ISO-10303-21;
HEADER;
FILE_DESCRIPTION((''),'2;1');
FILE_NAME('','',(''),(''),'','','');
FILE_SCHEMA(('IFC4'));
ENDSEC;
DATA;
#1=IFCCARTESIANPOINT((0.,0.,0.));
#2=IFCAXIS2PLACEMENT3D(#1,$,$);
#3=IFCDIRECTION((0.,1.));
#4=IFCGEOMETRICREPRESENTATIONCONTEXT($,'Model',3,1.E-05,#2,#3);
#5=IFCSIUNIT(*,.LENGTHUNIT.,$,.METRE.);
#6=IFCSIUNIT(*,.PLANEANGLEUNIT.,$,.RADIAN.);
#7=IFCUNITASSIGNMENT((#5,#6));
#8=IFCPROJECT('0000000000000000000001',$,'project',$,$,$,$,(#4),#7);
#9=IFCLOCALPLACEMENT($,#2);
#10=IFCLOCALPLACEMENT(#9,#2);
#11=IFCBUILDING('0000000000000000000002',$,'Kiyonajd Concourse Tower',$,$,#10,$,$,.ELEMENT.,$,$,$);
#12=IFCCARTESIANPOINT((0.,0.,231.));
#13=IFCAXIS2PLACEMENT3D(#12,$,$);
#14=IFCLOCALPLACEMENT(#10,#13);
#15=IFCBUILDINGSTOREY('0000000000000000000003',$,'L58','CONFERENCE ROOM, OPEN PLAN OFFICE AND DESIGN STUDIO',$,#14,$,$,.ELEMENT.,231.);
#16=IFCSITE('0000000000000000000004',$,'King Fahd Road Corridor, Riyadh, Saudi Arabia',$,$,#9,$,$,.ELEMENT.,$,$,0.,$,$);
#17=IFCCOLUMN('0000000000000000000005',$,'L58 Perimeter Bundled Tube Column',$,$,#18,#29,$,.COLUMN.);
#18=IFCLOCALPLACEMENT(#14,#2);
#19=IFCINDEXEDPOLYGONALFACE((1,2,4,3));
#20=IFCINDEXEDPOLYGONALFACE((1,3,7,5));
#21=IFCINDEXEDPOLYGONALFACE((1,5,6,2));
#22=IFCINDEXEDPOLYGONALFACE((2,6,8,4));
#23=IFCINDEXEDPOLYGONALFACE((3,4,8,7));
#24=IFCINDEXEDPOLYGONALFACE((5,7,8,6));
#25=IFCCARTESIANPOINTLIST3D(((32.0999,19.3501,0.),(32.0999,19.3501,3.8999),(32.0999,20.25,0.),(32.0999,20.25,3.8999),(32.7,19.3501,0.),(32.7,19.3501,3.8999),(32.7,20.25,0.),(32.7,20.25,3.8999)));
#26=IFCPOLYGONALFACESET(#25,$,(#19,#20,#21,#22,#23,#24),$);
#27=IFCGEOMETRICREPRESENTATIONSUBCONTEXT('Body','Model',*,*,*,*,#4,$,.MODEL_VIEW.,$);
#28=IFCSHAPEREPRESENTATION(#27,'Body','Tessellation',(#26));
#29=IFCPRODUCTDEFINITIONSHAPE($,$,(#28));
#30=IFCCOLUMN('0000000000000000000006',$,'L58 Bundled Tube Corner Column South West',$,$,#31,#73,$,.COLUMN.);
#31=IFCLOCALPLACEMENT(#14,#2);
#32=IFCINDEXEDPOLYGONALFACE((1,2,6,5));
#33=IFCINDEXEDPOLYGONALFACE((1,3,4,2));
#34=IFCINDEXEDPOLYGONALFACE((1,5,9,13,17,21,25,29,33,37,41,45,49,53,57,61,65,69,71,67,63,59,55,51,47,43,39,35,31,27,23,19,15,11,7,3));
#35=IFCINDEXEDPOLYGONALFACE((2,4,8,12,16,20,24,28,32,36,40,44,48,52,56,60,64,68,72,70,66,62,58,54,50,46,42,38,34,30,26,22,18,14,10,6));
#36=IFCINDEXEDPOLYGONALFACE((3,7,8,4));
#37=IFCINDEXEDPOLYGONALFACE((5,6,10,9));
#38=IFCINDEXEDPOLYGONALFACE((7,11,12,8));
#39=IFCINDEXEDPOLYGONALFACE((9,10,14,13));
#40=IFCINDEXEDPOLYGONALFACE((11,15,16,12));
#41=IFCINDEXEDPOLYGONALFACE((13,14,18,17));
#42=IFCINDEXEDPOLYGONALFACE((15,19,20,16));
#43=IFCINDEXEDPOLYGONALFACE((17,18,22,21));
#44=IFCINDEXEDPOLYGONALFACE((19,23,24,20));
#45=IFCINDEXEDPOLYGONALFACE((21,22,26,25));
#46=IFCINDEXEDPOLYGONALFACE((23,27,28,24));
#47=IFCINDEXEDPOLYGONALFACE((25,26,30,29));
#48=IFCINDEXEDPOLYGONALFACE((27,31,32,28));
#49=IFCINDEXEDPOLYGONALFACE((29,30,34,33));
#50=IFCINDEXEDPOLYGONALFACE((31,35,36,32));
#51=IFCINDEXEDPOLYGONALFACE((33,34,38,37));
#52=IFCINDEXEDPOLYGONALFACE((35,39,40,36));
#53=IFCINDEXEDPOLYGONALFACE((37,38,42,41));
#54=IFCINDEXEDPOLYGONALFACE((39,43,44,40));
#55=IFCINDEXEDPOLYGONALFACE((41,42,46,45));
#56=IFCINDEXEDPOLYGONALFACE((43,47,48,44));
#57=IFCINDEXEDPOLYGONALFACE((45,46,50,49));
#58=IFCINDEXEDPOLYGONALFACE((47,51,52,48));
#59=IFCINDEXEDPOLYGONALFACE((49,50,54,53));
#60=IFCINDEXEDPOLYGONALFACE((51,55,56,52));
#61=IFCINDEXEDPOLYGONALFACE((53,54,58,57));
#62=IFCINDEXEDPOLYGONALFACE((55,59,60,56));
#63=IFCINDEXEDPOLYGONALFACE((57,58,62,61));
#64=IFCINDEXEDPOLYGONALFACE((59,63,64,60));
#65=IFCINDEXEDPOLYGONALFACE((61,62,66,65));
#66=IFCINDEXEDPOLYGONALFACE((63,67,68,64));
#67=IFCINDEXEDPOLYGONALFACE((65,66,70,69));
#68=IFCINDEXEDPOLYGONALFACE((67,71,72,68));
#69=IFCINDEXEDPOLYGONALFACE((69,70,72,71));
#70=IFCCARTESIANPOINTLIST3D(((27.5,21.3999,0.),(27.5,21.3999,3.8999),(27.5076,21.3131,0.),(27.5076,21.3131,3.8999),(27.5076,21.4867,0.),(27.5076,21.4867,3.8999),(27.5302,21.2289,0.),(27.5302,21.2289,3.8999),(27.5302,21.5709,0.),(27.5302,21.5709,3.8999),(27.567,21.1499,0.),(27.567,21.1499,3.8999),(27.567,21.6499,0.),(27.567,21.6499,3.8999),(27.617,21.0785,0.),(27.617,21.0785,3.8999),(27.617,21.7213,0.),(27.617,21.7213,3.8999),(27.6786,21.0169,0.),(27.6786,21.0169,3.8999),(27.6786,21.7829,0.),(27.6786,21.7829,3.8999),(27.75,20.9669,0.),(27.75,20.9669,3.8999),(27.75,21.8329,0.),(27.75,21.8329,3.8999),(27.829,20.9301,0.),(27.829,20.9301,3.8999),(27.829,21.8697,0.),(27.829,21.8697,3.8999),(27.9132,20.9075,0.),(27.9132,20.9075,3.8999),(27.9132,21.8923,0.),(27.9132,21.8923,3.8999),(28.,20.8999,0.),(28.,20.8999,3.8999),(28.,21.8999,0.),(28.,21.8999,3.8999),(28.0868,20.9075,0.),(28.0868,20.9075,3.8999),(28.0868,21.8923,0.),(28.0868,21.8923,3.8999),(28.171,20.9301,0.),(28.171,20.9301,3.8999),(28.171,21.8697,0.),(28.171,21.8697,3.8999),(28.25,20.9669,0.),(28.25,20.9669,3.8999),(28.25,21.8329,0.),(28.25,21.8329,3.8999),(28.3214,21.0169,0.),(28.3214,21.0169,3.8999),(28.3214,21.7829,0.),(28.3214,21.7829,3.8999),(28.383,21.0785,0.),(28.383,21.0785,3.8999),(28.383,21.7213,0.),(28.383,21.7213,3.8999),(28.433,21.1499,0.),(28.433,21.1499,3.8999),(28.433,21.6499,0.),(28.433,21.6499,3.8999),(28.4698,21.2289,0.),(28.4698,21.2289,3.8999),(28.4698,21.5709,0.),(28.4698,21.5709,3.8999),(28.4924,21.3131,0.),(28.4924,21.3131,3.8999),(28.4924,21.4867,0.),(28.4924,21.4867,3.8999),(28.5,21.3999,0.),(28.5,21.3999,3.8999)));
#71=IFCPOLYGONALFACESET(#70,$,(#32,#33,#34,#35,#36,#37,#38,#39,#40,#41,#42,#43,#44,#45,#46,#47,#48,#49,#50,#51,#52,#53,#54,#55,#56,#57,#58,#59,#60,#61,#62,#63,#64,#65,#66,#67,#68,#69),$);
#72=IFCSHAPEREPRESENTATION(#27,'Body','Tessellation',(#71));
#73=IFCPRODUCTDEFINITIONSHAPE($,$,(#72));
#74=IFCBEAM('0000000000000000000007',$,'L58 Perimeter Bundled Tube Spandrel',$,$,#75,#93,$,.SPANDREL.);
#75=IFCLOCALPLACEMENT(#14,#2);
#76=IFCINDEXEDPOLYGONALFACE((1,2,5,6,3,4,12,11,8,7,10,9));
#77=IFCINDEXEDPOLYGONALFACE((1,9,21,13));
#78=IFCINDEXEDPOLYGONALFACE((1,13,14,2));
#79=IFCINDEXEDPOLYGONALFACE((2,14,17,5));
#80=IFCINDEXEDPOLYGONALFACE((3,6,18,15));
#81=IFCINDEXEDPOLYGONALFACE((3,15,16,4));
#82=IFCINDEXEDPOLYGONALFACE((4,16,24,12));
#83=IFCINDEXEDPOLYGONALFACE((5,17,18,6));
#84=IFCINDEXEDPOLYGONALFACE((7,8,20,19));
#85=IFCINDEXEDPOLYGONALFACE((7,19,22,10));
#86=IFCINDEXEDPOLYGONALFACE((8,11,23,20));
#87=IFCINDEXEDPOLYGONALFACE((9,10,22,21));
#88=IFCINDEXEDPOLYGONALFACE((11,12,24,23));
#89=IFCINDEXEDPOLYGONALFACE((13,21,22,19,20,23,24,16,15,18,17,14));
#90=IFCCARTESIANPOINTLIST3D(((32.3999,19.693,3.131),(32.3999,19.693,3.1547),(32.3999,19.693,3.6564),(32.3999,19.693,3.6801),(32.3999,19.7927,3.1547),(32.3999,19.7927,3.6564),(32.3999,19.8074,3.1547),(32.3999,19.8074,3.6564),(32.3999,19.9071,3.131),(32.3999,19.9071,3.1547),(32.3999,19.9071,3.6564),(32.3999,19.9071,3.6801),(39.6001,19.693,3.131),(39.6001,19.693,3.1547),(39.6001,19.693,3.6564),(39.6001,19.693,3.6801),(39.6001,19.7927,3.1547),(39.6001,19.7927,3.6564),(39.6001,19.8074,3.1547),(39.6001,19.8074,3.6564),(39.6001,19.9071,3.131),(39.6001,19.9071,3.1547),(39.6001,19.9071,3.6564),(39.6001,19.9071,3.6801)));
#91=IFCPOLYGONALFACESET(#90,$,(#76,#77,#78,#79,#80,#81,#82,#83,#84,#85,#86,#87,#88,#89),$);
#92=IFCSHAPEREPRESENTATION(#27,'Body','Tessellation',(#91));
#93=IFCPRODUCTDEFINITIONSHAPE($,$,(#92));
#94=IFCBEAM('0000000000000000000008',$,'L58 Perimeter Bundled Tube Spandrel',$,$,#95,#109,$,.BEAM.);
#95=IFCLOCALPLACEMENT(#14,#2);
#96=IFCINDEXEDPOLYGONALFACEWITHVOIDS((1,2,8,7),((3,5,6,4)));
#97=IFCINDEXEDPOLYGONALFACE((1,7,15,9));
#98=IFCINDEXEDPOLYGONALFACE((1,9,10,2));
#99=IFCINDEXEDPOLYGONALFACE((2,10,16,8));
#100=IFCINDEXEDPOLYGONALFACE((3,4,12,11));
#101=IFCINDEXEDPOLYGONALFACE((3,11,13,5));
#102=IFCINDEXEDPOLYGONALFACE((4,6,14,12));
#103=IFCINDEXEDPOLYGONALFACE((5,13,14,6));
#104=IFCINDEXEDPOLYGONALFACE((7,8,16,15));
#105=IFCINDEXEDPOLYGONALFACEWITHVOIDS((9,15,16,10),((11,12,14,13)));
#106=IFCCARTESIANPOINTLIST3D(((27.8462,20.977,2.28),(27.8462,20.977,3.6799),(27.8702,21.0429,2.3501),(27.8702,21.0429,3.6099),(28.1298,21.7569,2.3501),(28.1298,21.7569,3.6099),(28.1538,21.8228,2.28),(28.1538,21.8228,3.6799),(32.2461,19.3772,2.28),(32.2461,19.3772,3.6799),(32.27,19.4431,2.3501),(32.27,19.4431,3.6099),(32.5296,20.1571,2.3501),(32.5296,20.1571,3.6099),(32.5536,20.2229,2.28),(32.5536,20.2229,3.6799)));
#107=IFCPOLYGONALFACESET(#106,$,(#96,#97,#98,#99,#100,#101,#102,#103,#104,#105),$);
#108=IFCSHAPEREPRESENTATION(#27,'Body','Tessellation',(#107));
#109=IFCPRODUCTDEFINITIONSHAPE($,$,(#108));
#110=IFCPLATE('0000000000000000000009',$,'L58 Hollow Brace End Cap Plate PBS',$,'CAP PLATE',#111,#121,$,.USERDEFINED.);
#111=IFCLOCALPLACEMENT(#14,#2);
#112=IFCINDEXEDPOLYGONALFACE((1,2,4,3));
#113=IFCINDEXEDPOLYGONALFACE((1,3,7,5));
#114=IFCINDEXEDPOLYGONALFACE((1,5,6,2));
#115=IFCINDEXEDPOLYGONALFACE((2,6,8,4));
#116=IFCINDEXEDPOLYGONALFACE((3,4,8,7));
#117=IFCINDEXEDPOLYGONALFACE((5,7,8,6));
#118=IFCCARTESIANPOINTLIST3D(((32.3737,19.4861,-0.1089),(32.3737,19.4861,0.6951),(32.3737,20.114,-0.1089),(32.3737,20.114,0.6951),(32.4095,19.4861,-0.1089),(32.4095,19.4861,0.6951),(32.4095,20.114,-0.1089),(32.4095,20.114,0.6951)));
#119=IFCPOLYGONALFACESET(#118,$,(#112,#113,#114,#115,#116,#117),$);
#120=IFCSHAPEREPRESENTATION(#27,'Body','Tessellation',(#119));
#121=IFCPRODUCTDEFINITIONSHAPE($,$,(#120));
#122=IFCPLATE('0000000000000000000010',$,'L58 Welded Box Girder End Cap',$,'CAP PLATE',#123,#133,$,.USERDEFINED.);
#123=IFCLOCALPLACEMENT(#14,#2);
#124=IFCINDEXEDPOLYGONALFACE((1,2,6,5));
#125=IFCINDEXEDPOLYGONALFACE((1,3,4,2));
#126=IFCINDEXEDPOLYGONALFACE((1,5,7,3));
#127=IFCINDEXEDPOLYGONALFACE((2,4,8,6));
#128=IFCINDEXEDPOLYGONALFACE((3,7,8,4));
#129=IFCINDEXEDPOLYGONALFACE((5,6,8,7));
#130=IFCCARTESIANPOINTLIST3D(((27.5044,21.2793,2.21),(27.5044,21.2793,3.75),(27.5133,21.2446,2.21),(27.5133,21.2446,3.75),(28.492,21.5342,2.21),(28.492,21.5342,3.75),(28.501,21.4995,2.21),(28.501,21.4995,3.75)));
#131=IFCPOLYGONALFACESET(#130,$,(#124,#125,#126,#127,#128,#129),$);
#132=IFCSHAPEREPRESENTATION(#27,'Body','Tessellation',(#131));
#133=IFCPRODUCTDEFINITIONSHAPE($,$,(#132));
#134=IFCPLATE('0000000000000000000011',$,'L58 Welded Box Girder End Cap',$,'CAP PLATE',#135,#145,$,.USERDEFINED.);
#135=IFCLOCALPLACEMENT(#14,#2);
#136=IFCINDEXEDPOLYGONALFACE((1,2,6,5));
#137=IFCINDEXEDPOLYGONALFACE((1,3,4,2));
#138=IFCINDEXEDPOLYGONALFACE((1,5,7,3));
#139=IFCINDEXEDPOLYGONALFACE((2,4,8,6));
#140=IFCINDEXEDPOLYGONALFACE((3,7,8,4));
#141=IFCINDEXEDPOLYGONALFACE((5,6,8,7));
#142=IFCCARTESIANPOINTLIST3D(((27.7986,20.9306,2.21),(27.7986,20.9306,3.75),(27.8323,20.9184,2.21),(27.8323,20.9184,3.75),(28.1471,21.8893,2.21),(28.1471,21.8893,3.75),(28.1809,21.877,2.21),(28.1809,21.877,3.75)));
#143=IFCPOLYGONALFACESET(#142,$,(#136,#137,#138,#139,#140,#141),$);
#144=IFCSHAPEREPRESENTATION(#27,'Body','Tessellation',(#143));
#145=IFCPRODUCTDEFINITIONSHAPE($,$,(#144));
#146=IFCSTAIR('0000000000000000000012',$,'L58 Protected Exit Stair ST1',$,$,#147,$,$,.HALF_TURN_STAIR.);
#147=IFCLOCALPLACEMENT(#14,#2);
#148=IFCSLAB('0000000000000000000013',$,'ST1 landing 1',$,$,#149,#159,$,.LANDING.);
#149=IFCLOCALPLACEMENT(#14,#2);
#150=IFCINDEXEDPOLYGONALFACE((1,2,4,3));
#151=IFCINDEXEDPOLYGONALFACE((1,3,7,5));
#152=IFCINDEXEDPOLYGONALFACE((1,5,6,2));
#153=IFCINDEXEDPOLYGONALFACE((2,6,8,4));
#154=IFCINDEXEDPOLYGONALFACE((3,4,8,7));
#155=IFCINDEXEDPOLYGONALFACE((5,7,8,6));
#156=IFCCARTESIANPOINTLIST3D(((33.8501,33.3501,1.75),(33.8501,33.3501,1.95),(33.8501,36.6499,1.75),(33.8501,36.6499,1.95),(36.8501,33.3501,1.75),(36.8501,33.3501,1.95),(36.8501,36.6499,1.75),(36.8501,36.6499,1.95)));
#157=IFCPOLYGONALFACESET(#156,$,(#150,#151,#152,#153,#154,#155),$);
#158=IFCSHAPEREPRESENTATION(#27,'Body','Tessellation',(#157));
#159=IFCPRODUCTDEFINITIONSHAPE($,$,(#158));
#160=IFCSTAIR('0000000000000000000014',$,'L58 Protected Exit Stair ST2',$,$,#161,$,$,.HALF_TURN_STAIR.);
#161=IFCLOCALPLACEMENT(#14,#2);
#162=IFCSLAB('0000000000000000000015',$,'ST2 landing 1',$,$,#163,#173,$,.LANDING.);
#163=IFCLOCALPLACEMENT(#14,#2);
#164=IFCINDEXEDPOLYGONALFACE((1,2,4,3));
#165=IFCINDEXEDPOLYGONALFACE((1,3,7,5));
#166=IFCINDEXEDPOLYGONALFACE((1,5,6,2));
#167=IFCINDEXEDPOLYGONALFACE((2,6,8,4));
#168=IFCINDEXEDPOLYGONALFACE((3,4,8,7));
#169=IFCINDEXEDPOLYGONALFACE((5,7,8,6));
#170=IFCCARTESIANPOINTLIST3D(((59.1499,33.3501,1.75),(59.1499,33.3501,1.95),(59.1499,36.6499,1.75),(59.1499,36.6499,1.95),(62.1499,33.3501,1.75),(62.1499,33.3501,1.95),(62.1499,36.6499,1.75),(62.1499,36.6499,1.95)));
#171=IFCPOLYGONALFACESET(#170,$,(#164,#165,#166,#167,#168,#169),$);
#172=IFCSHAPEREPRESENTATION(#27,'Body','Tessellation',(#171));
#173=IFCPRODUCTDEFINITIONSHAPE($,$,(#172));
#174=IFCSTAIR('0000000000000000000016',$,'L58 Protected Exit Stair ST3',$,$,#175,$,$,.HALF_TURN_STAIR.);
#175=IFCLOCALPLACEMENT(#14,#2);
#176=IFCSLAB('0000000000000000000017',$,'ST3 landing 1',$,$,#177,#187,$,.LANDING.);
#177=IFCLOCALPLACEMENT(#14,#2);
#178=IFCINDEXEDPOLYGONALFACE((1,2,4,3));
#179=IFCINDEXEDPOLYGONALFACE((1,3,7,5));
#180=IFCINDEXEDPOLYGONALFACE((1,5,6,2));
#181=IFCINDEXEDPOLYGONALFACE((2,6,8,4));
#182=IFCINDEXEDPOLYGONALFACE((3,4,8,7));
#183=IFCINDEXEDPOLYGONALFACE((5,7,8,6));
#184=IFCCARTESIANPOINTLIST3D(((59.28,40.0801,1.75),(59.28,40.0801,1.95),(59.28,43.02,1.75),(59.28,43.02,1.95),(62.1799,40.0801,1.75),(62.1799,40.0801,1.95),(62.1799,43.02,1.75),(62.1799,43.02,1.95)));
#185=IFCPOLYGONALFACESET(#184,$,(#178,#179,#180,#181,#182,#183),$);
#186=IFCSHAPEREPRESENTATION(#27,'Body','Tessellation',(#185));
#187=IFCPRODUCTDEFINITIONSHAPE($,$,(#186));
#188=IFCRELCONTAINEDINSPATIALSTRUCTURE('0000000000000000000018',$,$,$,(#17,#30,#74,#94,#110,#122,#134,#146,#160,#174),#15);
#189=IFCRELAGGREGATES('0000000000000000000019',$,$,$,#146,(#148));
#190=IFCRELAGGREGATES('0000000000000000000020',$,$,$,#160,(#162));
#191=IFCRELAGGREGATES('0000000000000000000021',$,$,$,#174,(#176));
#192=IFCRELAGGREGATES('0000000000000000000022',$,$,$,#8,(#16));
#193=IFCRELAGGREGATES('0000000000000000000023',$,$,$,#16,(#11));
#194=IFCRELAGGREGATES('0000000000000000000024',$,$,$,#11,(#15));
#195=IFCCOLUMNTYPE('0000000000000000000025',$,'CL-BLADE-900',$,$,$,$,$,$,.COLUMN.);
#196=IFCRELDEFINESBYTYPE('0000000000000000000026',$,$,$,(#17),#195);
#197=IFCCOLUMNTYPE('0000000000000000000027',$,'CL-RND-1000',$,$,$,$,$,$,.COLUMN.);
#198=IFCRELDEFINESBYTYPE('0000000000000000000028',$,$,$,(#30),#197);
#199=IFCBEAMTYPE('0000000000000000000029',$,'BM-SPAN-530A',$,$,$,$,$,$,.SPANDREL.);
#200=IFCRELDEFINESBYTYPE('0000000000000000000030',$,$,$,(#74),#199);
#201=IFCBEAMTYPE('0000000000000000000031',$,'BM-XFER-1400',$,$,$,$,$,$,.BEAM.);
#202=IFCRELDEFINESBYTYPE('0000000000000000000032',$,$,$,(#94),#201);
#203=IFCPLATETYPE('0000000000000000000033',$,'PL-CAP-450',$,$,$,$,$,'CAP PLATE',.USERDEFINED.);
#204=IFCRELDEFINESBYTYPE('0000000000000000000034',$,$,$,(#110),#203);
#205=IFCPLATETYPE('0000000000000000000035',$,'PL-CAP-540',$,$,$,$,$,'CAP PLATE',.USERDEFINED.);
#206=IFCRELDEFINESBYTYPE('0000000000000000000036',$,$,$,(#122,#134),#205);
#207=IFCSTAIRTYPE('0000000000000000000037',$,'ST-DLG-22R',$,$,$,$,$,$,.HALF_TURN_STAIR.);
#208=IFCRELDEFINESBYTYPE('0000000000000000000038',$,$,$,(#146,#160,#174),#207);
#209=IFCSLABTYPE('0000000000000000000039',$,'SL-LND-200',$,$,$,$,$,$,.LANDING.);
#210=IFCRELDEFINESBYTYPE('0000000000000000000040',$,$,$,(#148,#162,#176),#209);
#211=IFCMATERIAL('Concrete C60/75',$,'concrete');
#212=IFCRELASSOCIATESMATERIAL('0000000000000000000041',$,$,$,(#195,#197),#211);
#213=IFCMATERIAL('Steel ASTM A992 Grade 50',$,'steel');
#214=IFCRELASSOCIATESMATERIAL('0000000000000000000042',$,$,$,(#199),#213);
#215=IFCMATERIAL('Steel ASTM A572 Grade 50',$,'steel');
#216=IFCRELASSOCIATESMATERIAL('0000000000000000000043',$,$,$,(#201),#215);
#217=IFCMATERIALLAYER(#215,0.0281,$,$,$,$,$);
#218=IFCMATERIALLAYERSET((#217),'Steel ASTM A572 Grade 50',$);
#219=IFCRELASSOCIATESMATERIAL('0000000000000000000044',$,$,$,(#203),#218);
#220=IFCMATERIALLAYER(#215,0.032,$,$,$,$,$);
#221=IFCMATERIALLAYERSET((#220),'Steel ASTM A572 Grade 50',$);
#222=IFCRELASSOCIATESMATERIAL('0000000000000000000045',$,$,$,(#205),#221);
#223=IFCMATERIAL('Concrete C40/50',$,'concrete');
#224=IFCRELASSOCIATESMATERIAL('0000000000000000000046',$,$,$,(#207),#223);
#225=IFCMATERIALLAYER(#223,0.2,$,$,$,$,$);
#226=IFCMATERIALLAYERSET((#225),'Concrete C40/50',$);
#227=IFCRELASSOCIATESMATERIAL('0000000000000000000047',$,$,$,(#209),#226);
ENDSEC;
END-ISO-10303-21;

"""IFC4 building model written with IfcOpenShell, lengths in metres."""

from ifc_helpers import new_model, si_unit, direction, frame, origin, origin_2d, place, context, subcontext, project, spatial, polyline, rectangle, hollow_rectangle, circle, i_section, outline, extrude, material, layer, layer_set, material_profile, profile_set, type_object, element, aggregate, save


model = new_model("IFC4")

# Units and contexts
model_context = context("Model", 3, precision=1e-05, world=origin(), true_north=direction((0.0, 1.0)))
body_context = subcontext(model_context, "Body", "Model", "MODEL_VIEW")
ifc_project = project(units=[si_unit("LENGTHUNIT", "METRE"), si_unit("PLANEANGLEUNIT", "RADIAN")], contexts=[model_context])

# Site, building, storey
site_placement = place(None, origin())
site = spatial("IfcSite", under=ifc_project, at=site_placement, Name="King Fahd Road Corridor, Riyadh, Saudi Arabia", CompositionType="ELEMENT", RefElevation=0.0)
building_placement = place(site_placement, origin())
building = spatial("IfcBuilding", under=site, at=building_placement, Name="Kiyonajd Concourse Tower", CompositionType="ELEMENT")
storey_placement = place(building_placement, frame((0.0, 0.0, 231.0)))
storey = spatial("IfcBuildingStorey", under=building, at=storey_placement, Name="L58", Description="CONFERENCE ROOM, OPEN PLAN OFFICE AND DESIGN STUDIO", CompositionType="ELEMENT", Elevation=231.0)

# Columns
ifc_material_1 = material(Name="Concrete C60/75", Category="concrete")
ifc_material_profile_1 = material_profile(ifc_material_1, rectangle(XDim=0.6001, YDim=0.8999, at=origin_2d()), Name="RC-900x600")
ifc_profile_set_1 = profile_set([ifc_material_profile_1], Name="Concrete C60/75")
column_type_1 = type_object("IfcColumnType", Name="CL-BLADE-900", PredefinedType="COLUMN", material=ifc_profile_set_1)
column_1_placement = place(storey_placement, frame((32.3999, 19.8, 0.0), z_axis=(0.0, 0.0, 1.0), x_axis=(1.0, 0.0, 0.0)))
element("IfcColumn", 1, at=column_1_placement, inside=storey, type_object=column_type_1, Name="L58 Perimeter Bundled Tube Column", PredefinedType="COLUMN", context=body_context, shape_type="SweptSolid", body=[
    extrude(rectangle(XDim=0.6001, YDim=0.8999, at=origin_2d()), origin(), (0.0, 0.0, 1.0), 3.8999),
])
ifc_material_profile_2 = material_profile(ifc_material_1, circle(Radius=0.5, at=origin_2d()), Name="RCC-D1000")
ifc_profile_set_2 = profile_set([ifc_material_profile_2], Name="Concrete C60/75")
column_type_2 = type_object("IfcColumnType", Name="CL-RND-1000", PredefinedType="COLUMN", material=ifc_profile_set_2)
column_2_placement = place(storey_placement, frame((28.0, 21.3999, 0.0), z_axis=(0.0, 0.0, 1.0), x_axis=(1.0, 0.0, 0.0)))
element("IfcColumn", 2, at=column_2_placement, inside=storey, type_object=column_type_2, Name="L58 Bundled Tube Corner Column South West", PredefinedType="COLUMN", context=body_context, shape_type="SweptSolid", body=[
    extrude(circle(Radius=0.5, at=origin_2d()), origin(), (0.0, 0.0, 1.0), 3.8999),
])

# Beams
ifc_material_2 = material(Name="Steel ASTM A992 Grade 50", Category="steel")
ifc_material_profile_3 = material_profile(ifc_material_2, i_section(OverallWidth=0.2141, OverallDepth=0.5491, WebThickness=0.0146, FlangeThickness=0.0237, at=origin_2d()), Name="W530X138")
ifc_profile_set_3 = profile_set([ifc_material_profile_3], Name="Steel ASTM A992 Grade 50")
beam_type_1 = type_object("IfcBeamType", Name="BM-SPAN-530A", PredefinedType="SPANDREL", material=ifc_profile_set_3)
beam_1_placement = place(storey_placement, frame((32.3999, 19.8, 3.4055), z_axis=(1.0, 0.0, 0.0), x_axis=(0.0, 1.0, 0.0)))
element("IfcBeam", 3, at=beam_1_placement, inside=storey, type_object=beam_type_1, Name="L58 Perimeter Bundled Tube Spandrel", PredefinedType="SPANDREL", context=body_context, shape_type="SweptSolid", body=[
    extrude(i_section(OverallWidth=0.2141, OverallDepth=0.5491, WebThickness=0.0146, FlangeThickness=0.0237, at=origin_2d()), origin(), (0.0, 0.0, 1.0), 7.2002),
])
ifc_material_3 = material(Name="Steel ASTM A572 Grade 50", Category="steel")
ifc_material_profile_4 = material_profile(ifc_material_3, hollow_rectangle(XDim=0.8999, YDim=1.3999, WallThickness=0.0701, at=origin_2d()), Name="BOX-1400x900x70")
ifc_profile_set_4 = profile_set([ifc_material_profile_4], Name="Steel ASTM A572 Grade 50")
beam_type_2 = type_object("IfcBeamType", Name="BM-XFER-1400", PredefinedType="BEAM", material=ifc_profile_set_4)
beam_2_placement = place(storey_placement, frame((28.0, 21.3999, 2.98), z_axis=(0.939801, -0.341722, 0.0), x_axis=(0.341722, 0.939801, 0.0)))
element("IfcBeam", 4, at=beam_2_placement, inside=storey, type_object=beam_type_2, Name="L58 Perimeter Bundled Tube Spandrel", PredefinedType="BEAM", context=body_context, shape_type="SweptSolid", body=[
    extrude(hollow_rectangle(XDim=0.8999, YDim=1.3999, WallThickness=0.0701, at=origin_2d()), origin(), (0.0, 0.0, 1.0), 4.6816),
])

# Plates
ifc_layer_1 = layer(ifc_material_3, 0.0281)
ifc_layer_set_1 = layer_set([ifc_layer_1], Name="Steel ASTM A572 Grade 50")
plate_type_1 = type_object("IfcPlateType", Name="PL-CAP-450", ElementType="CAP PLATE", PredefinedType="USERDEFINED", material=ifc_layer_set_1)
plate_placement = place(storey_placement, frame((32.3916, 19.8, -0.1089), z_axis=(0.0, 0.0, 1.0), x_axis=(-1.0, 0.0, 0.0)))
element("IfcPlate", 5, at=plate_placement, inside=storey, type_object=plate_type_1, Name="L58 Hollow Brace End Cap Plate PBS", ObjectType="CAP PLATE", PredefinedType="USERDEFINED", context=body_context, shape_type="SweptSolid", body=[
    extrude(rectangle(XDim=0.0359, YDim=0.6279, at=origin_2d()), origin(), (0.0, 0.0, 1.0), 0.804),
])
ifc_layer_2 = layer(ifc_material_3, 0.032)
ifc_layer_set_2 = layer_set([ifc_layer_2], Name="Steel ASTM A572 Grade 50")
plate_type_2 = type_object("IfcPlateType", Name="PL-CAP-540", ElementType="CAP PLATE", PredefinedType="USERDEFINED", material=ifc_layer_set_2)
for number, where, z_axis, x_axis, name in (
    (6, (28.0027, 21.3894, 2.21), (0.0, 0.0, 1.0), (0.249873, -0.968279, 0.0), "L58 Welded Box Girder End Cap"),
    (7, (27.9897, 21.4038, 2.21), (0.0, 0.0, 1.0), (-0.939812, 0.341692, 0.0), "L58 Welded Box Girder End Cap"),
):
    element("IfcPlate", number, at=place(storey_placement, frame(where, z_axis=z_axis, x_axis=x_axis)), inside=storey, type_object=plate_type_2, Name=name, ObjectType="CAP PLATE", PredefinedType="USERDEFINED", context=body_context, shape_type="SweptSolid", body=[
        extrude(rectangle(XDim=0.0359, YDim=1.02, at=origin_2d()), origin(), (0.0, 0.0, 1.0), 1.54),
    ])

# Stairs, slabs
ifc_material_4 = material(Name="Concrete C40/50", Category="concrete")
stair_type = type_object("IfcStairType", Name="ST-DLG-22R", PredefinedType="HALF_TURN_STAIR", material=ifc_material_4)
stair_1_placement = place(storey_placement, origin())
stair_1 = element("IfcStair", 8, at=stair_1_placement, inside=storey, type_object=stair_type, Name="L58 Protected Exit Stair ST1", PredefinedType="HALF_TURN_STAIR")
ifc_layer_3 = layer(ifc_material_4, 0.2)
ifc_layer_set_3 = layer_set([ifc_layer_3], Name="Concrete C40/50")
slab_type_1 = type_object("IfcSlabType", Name="SL-LND-200", PredefinedType="LANDING", material=ifc_layer_set_3)
slab_1_placement = place(storey_placement, frame((0.0, 0.0, 1.75)))
slab_1 = element("IfcSlab", 9, at=slab_1_placement, type_object=slab_type_1, Name="ST1 landing 1", PredefinedType="LANDING", context=body_context, shape_type="SweptSolid", body=[
    extrude(outline(polyline([(36.8501, 33.3501), (36.8501, 36.6499), (33.8501, 36.6499), (33.8501, 33.3501), (36.8501, 33.3501)])), origin(), (0.0, 0.0, 1.0), 0.2),
])
aggregate(stair_1, [slab_1])
stair_2_placement = place(storey_placement, origin())
stair_2 = element("IfcStair", 10, at=stair_2_placement, inside=storey, type_object=stair_type, Name="L58 Protected Exit Stair ST2", PredefinedType="HALF_TURN_STAIR")
slab_2_placement = place(storey_placement, frame((0.0, 0.0, 1.75)))
slab_2 = element("IfcSlab", 11, at=slab_2_placement, type_object=slab_type_1, Name="ST2 landing 1", PredefinedType="LANDING", context=body_context, shape_type="SweptSolid", body=[
    extrude(outline(polyline([(62.1499, 33.3501), (62.1499, 36.6499), (59.1499, 36.6499), (59.1499, 33.3501), (62.1499, 33.3501)])), origin(), (0.0, 0.0, 1.0), 0.2),
])
aggregate(stair_2, [slab_2])
stair_3_placement = place(storey_placement, origin())
stair_3 = element("IfcStair", 12, at=stair_3_placement, inside=storey, type_object=stair_type, Name="L58 Protected Exit Stair ST3", PredefinedType="HALF_TURN_STAIR")
slab_3_placement = place(storey_placement, frame((0.0, 0.0, 1.75)))
slab_3 = element("IfcSlab", 13, at=slab_3_placement, type_object=slab_type_1, Name="ST3 landing 1", PredefinedType="LANDING", context=body_context, shape_type="SweptSolid", body=[
    extrude(outline(polyline([(59.28, 40.0801), (62.1799, 40.0801), (62.1799, 43.02), (59.28, 43.02), (59.28, 40.0801)])), origin(), (0.0, 0.0, 1.0), 0.2),
])
aggregate(stair_3, [slab_3])

save(model, "model.ifc")
